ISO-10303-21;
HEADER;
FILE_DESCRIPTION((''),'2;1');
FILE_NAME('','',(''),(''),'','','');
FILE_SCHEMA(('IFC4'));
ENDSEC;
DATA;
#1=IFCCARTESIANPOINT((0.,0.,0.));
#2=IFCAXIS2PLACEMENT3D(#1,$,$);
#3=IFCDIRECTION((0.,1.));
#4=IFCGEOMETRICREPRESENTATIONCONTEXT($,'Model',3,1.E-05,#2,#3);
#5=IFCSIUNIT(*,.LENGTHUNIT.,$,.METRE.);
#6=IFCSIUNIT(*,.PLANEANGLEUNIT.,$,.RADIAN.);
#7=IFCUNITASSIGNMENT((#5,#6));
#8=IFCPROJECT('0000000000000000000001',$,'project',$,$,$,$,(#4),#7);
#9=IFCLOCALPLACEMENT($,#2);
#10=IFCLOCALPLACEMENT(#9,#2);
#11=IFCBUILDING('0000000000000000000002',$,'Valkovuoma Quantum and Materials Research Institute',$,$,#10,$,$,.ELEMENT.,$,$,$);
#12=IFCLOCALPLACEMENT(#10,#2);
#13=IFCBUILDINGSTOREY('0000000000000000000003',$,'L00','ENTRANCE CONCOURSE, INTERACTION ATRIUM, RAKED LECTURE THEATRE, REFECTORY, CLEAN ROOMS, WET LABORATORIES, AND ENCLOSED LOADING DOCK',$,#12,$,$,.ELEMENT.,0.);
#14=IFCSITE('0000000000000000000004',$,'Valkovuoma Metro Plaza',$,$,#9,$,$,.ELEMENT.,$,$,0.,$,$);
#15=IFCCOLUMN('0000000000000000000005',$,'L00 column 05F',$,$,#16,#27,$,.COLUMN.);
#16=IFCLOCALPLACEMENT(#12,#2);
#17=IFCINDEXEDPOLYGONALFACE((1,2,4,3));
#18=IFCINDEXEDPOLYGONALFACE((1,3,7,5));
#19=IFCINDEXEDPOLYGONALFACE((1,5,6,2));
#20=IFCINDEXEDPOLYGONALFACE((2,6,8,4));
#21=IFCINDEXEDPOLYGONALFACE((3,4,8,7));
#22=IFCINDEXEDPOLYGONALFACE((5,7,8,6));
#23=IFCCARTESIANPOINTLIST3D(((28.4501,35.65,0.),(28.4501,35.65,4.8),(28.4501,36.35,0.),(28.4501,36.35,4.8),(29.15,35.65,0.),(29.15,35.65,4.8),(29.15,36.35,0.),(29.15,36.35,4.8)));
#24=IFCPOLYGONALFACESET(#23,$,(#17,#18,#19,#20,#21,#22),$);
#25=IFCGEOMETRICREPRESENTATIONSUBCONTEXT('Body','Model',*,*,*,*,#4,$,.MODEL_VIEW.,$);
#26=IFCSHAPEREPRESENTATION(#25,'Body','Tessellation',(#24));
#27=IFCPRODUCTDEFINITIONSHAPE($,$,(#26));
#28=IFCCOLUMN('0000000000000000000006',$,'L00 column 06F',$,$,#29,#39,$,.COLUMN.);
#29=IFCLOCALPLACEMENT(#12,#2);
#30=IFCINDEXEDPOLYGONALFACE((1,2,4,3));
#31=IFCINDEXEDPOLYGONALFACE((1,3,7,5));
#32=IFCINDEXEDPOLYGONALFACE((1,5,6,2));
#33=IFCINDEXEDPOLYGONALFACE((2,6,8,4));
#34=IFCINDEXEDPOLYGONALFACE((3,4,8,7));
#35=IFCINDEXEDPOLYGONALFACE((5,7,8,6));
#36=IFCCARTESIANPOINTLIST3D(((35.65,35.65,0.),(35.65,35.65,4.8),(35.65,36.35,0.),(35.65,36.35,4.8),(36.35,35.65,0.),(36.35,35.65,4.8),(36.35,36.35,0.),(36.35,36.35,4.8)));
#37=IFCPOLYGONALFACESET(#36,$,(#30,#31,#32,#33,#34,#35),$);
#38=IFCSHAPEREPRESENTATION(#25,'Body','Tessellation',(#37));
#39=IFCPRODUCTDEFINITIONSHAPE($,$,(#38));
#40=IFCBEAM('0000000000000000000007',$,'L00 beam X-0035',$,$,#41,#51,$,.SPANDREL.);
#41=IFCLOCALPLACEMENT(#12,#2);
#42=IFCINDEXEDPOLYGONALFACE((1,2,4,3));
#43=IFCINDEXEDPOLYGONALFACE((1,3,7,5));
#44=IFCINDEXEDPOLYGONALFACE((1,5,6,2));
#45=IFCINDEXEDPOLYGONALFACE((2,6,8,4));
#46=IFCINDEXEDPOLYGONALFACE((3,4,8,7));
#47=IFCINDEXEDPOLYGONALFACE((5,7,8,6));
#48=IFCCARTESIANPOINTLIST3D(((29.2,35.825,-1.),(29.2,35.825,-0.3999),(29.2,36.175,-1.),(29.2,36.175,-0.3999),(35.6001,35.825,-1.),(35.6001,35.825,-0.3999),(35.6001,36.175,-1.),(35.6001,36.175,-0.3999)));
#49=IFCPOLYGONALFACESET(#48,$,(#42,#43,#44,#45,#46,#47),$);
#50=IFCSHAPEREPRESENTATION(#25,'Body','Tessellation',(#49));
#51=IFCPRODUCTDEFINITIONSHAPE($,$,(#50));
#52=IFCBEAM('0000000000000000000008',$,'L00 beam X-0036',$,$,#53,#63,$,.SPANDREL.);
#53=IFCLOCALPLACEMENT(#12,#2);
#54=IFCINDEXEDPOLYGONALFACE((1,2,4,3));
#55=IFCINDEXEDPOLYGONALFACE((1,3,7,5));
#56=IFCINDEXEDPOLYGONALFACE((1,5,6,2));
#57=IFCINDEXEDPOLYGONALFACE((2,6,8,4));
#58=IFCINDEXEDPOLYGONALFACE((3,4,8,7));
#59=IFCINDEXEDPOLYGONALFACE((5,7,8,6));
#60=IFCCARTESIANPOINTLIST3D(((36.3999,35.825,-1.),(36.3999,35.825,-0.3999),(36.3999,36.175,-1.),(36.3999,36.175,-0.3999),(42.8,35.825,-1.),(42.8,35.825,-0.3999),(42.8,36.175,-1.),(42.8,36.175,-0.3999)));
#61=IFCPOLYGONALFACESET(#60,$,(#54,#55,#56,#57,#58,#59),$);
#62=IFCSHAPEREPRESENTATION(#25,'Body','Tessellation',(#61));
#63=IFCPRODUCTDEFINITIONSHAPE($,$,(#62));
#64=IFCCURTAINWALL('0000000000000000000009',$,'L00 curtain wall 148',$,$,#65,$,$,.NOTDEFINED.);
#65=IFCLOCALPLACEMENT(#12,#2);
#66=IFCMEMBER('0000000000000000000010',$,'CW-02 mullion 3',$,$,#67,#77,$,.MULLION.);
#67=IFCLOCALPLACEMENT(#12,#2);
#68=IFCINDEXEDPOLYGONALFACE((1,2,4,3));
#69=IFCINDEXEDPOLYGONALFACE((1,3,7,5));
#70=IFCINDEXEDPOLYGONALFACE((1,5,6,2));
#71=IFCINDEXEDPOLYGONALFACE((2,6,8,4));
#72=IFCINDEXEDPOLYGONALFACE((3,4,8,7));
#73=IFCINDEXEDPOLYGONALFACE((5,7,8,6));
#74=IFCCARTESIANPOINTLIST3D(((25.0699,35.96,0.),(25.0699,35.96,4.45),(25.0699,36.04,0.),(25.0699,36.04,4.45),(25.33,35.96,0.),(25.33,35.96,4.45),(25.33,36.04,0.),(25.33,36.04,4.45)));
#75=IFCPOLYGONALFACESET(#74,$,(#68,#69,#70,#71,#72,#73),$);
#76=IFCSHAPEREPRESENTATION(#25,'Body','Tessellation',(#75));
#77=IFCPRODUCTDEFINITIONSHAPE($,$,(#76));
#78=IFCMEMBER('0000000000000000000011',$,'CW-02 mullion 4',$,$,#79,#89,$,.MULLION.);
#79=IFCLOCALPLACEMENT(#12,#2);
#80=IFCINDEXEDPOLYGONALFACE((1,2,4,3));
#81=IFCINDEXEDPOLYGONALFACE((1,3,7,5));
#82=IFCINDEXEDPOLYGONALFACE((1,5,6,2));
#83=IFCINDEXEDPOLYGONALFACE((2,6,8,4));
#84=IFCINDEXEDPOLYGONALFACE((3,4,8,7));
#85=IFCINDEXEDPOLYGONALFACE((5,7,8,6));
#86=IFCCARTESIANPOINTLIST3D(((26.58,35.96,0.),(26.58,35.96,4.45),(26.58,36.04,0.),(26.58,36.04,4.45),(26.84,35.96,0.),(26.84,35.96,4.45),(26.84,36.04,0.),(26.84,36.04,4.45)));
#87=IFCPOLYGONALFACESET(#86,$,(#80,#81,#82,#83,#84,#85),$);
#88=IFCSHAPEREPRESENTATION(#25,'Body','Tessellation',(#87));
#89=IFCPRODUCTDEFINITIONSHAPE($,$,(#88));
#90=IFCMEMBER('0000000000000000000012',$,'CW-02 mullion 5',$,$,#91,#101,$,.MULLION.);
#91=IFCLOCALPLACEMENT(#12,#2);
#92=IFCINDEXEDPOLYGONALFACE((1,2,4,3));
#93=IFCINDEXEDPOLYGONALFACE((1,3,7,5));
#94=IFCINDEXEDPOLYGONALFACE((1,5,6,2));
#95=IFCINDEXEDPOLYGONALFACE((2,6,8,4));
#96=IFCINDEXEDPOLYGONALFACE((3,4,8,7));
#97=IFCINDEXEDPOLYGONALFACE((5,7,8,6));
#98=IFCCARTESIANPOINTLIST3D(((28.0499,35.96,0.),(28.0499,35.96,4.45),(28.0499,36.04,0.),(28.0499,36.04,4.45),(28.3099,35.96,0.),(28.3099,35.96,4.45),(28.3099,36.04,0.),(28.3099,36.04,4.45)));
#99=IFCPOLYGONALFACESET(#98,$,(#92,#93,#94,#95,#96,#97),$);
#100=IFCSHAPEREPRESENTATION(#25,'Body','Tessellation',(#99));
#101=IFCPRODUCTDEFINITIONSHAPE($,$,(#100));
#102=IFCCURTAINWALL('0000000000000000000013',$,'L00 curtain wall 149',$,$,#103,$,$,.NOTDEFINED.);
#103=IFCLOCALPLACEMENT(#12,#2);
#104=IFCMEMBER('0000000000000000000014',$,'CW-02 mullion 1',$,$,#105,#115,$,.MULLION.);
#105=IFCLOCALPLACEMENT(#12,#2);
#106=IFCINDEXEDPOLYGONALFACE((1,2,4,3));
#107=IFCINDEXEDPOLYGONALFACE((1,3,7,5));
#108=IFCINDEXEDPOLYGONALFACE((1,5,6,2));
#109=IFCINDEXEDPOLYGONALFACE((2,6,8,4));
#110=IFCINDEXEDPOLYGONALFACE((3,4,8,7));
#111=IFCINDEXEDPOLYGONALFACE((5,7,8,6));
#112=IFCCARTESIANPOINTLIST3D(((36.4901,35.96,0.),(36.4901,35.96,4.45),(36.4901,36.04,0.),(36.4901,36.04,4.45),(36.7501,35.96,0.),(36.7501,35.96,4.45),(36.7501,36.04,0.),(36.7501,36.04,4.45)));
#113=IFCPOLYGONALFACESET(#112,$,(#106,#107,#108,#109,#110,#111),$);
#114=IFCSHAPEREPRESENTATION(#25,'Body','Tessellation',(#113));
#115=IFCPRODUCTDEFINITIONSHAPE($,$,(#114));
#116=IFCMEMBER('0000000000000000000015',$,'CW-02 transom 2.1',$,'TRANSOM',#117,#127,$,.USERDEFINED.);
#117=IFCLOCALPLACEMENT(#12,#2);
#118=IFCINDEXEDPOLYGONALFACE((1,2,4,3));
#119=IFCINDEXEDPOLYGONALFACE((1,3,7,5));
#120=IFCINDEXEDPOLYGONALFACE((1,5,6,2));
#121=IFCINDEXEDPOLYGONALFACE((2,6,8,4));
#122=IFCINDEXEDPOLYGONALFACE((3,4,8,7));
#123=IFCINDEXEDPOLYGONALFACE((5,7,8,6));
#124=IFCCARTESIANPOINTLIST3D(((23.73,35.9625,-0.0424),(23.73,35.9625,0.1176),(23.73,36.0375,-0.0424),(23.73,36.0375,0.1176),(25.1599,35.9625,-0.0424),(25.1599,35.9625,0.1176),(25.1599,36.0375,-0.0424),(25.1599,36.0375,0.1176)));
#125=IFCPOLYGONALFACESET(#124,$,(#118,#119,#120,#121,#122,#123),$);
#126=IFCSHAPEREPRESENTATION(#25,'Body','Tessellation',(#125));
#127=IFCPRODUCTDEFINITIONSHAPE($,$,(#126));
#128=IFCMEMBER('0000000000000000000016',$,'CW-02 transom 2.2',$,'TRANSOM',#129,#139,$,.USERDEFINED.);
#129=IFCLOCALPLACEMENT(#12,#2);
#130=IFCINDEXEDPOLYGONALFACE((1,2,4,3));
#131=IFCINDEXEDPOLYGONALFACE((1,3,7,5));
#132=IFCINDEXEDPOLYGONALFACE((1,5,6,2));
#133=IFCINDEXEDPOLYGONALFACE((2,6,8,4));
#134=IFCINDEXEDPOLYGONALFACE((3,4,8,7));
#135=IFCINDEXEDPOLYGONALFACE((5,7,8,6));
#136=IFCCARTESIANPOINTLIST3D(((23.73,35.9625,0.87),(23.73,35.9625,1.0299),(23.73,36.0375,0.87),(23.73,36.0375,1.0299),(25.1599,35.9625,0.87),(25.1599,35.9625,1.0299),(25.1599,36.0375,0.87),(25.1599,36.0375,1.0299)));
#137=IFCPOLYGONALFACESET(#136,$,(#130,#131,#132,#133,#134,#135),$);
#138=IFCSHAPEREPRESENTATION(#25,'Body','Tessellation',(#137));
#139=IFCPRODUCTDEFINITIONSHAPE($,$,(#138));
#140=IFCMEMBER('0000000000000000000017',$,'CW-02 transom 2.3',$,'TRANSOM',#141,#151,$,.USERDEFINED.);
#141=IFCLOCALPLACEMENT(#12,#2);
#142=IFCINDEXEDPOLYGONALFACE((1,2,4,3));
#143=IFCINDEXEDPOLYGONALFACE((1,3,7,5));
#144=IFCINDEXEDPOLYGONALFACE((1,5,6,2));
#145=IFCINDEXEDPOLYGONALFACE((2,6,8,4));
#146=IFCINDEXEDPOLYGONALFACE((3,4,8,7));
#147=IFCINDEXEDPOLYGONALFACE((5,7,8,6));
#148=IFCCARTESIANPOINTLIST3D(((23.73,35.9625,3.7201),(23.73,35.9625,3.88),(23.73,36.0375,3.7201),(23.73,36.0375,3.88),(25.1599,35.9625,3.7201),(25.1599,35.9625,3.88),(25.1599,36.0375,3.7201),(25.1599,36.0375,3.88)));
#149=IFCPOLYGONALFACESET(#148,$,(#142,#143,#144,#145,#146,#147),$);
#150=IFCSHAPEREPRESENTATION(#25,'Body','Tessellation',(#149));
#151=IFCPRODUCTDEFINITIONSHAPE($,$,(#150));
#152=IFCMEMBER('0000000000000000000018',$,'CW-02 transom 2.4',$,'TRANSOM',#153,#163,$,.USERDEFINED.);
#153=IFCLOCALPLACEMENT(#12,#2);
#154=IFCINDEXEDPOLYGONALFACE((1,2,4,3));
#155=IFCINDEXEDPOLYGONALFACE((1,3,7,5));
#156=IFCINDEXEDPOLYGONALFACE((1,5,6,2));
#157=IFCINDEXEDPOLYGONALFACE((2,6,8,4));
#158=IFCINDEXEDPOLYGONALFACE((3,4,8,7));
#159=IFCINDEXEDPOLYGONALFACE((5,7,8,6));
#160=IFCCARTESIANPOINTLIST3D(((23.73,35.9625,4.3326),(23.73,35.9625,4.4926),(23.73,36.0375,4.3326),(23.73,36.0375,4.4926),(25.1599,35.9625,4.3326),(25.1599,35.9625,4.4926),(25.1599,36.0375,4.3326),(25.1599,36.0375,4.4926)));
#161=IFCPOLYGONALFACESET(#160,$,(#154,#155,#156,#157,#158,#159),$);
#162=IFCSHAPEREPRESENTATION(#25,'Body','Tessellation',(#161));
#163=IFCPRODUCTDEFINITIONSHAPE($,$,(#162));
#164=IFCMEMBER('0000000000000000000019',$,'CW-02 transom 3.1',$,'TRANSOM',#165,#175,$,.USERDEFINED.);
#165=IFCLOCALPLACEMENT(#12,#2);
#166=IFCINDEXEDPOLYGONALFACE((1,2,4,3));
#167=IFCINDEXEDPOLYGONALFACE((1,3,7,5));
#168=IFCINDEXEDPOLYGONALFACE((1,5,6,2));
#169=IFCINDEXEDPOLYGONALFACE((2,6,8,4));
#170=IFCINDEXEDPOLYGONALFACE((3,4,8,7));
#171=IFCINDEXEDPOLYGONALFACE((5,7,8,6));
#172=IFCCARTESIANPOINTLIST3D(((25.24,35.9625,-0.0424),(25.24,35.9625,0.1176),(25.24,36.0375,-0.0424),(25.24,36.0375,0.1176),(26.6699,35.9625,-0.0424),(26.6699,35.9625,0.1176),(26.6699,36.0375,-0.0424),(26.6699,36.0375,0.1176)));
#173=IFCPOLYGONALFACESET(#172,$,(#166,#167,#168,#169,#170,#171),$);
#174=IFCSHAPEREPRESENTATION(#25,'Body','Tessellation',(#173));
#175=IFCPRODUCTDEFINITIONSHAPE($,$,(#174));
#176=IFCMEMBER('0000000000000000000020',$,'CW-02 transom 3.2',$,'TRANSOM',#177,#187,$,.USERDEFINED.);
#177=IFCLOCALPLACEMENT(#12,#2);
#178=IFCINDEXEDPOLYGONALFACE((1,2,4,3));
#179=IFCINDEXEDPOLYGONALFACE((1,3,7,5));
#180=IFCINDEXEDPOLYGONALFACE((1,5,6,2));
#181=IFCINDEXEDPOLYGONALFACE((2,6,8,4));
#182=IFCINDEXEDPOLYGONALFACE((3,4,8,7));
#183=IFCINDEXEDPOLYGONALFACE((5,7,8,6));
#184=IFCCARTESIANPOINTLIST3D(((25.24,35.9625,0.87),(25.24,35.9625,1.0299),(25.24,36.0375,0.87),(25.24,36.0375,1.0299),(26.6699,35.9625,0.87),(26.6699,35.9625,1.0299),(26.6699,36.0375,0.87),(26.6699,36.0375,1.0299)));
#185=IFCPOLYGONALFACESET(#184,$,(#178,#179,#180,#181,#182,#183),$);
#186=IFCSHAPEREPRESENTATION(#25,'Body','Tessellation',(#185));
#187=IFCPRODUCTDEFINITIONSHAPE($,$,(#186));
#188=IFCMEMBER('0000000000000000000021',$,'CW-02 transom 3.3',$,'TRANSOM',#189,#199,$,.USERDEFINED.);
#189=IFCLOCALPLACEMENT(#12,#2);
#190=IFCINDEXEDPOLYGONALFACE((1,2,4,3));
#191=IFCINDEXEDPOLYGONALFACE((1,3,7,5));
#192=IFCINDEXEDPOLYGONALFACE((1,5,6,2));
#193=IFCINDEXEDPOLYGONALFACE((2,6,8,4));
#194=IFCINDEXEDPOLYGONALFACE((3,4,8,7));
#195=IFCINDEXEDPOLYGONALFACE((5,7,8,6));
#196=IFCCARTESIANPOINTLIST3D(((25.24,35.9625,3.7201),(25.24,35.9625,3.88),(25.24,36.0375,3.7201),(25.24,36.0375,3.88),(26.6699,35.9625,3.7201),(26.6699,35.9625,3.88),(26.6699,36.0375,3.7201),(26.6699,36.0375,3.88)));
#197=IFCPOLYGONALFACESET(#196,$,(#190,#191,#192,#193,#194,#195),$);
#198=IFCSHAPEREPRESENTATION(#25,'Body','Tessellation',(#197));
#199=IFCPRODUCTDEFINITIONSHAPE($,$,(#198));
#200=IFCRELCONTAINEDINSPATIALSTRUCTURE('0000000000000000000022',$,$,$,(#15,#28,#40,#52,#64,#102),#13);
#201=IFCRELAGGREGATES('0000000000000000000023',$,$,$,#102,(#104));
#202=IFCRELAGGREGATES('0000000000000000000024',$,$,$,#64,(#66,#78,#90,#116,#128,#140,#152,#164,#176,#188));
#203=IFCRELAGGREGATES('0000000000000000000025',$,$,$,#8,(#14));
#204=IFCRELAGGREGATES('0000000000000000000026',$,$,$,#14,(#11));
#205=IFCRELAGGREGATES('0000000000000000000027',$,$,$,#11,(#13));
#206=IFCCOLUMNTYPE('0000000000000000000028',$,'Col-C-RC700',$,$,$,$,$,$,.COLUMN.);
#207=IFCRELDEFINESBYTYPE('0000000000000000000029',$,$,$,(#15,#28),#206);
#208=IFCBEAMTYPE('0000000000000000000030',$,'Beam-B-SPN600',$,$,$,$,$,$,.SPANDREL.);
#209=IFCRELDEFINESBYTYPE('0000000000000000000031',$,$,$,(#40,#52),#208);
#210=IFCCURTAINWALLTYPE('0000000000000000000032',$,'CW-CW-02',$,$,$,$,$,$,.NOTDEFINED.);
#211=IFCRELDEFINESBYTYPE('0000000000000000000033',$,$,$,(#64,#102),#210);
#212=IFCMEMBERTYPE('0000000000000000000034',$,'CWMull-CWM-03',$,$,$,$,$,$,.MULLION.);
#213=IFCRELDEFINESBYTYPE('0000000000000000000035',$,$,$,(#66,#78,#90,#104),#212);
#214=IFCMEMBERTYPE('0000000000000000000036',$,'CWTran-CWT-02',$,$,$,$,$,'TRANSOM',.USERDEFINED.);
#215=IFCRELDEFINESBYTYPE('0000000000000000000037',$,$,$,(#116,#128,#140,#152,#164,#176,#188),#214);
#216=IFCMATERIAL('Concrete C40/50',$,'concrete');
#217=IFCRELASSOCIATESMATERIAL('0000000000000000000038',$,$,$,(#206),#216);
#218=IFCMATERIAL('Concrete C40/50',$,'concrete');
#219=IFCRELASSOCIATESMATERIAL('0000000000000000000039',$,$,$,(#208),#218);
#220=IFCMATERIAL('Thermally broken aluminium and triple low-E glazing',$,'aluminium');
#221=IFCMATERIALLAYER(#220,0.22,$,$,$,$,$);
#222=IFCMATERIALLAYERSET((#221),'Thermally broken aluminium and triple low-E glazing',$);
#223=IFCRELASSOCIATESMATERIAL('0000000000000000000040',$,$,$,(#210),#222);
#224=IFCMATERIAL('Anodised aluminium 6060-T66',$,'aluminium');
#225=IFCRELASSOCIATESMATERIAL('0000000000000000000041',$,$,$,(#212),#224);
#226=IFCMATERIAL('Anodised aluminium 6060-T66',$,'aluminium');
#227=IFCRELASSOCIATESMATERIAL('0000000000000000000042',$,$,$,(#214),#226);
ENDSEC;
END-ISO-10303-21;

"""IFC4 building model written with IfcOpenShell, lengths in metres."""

from ifc_helpers import new_model, si_unit, direction, frame, origin, origin_2d, place, context, subcontext, project, spatial, rectangle, extrude, material, layer, layer_set, material_profile, profile_set, type_object, element, aggregate, save


model = new_model("IFC4")

# Units and contexts
model_context = context("Model", 3, precision=1e-05, world=origin(), true_north=direction((0.0, 1.0)))
body_context = subcontext(model_context, "Body", "Model", "MODEL_VIEW")
ifc_project = project(units=[si_unit("LENGTHUNIT", "METRE"), si_unit("PLANEANGLEUNIT", "RADIAN")], contexts=[model_context])

# Site, building, storey
site_placement = place(None, origin())
site = spatial("IfcSite", under=ifc_project, at=site_placement, Name="Valkovuoma Metro Plaza", CompositionType="ELEMENT", RefElevation=0.0)
building_placement = place(site_placement, origin())
building = spatial("IfcBuilding", under=site, at=building_placement, Name="Valkovuoma Quantum and Materials Research Institute", CompositionType="ELEMENT")
storey_placement = place(building_placement, origin())
storey = spatial("IfcBuildingStorey", under=building, at=storey_placement, Name="L00", Description="ENTRANCE CONCOURSE, INTERACTION ATRIUM, RAKED LECTURE THEATRE, REFECTORY, CLEAN ROOMS, WET LABORATORIES, AND ENCLOSED LOADING DOCK", CompositionType="ELEMENT", Elevation=0.0)

# Columns
ifc_material_1 = material(Name="Concrete C40/50", Category="concrete")
ifc_material_profile_1 = material_profile(ifc_material_1, rectangle(XDim=0.7, YDim=0.7, at=origin_2d()), Name="Concrete C40/50")
ifc_profile_set_1 = profile_set([ifc_material_profile_1], Name="Concrete C40/50")
column_type = type_object("IfcColumnType", Name="Col-C-RC700", PredefinedType="COLUMN", material=ifc_profile_set_1)
for number, where, z_axis, x_axis, name in (
    (1, (28.8, 36.0, 0.0), (0.0, 0.0, 1.0), (1.0, 0.0, 0.0), "L00 column 05F"),
    (2, (36.0, 36.0, 0.0), (0.0, 0.0, 1.0), (1.0, 0.0, 0.0), "L00 column 06F"),
):
    element("IfcColumn", number, at=place(storey_placement, frame(where, z_axis=z_axis, x_axis=x_axis)), inside=storey, type_object=column_type, Name=name, PredefinedType="COLUMN", context=body_context, shape_type="SweptSolid", body=[
        extrude(rectangle(XDim=0.7, YDim=0.7, at=origin_2d()), origin(), (0.0, 0.0, 1.0), 4.8),
    ])

# Beams
ifc_material_2 = material(Name="Concrete C40/50", Category="concrete")
ifc_material_profile_2 = material_profile(ifc_material_2, rectangle(XDim=0.3501, YDim=0.6001, at=origin_2d()), Name="Concrete C40/50")
ifc_profile_set_2 = profile_set([ifc_material_profile_2], Name="Concrete C40/50")
beam_type = type_object("IfcBeamType", Name="Beam-B-SPN600", PredefinedType="SPANDREL", material=ifc_profile_set_2)
for number, where, z_axis, x_axis, name in (
    (3, (29.2, 36.0, -0.7), (1.0, 0.0, 0.0), (0.0, 1.0, 0.0), "L00 beam X-0035"),
    (4, (36.3999, 36.0, -0.7), (1.0, 0.0, 0.0), (0.0, 1.0, 0.0), "L00 beam X-0036"),
):
    element("IfcBeam", number, at=place(storey_placement, frame(where, z_axis=z_axis, x_axis=x_axis)), inside=storey, type_object=beam_type, Name=name, PredefinedType="SPANDREL", context=body_context, shape_type="SweptSolid", body=[
        extrude(rectangle(XDim=0.3501, YDim=0.6001, at=origin_2d()), origin(), (0.0, 0.0, 1.0), 6.4001),
    ])

# Curtain wall, members
ifc_material_3 = material(Name="Thermally broken aluminium and triple low-E glazing", Category="aluminium")
ifc_layer_1 = layer(ifc_material_3, 0.22)
ifc_layer_set_1 = layer_set([ifc_layer_1], Name="Thermally broken aluminium and triple low-E glazing")
curtain_wall_type = type_object("IfcCurtainWallType", Name="CW-CW-02", PredefinedType="NOTDEFINED", material=ifc_layer_set_1)
curtain_wall_1_placement = place(storey_placement, origin())
curtain_wall_1 = element("IfcCurtainWall", 5, at=curtain_wall_1_placement, inside=storey, type_object=curtain_wall_type, Name="L00 curtain wall 148", PredefinedType="NOTDEFINED")
ifc_material_4 = material(Name="Anodised aluminium 6060-T66", Category="aluminium")
ifc_material_profile_3 = material_profile(ifc_material_4, rectangle(XDim=0.0801, YDim=0.26, at=origin_2d()), Name="Anodised aluminium 6060-T66")
ifc_profile_set_3 = profile_set([ifc_material_profile_3], Name="Anodised aluminium 6060-T66")
member_type_1 = type_object("IfcMemberType", Name="CWMull-CWM-03", PredefinedType="MULLION", material=ifc_profile_set_3)
member_1_placement = place(storey_placement, frame((25.2, 36.0, 0.0), z_axis=(0.0, 0.0, 1.0), x_axis=(0.0, 1.0, 0.0)))
member_1 = element("IfcMember", 6, at=member_1_placement, type_object=member_type_1, Name="CW-02 mullion 3", PredefinedType="MULLION", context=body_context, shape_type="SweptSolid", body=[
    extrude(rectangle(XDim=0.0801, YDim=0.26, at=origin_2d()), origin(), (0.0, 0.0, 1.0), 4.45),
])
member_2_placement = place(storey_placement, frame((26.71, 36.0, 0.0), z_axis=(0.0, 0.0, 1.0), x_axis=(0.0, 1.0, 0.0)))
member_2 = element("IfcMember", 7, at=member_2_placement, type_object=member_type_1, Name="CW-02 mullion 4", PredefinedType="MULLION", context=body_context, shape_type="SweptSolid", body=[
    extrude(rectangle(XDim=0.0801, YDim=0.26, at=origin_2d()), origin(), (0.0, 0.0, 1.0), 4.45),
])
member_3_placement = place(storey_placement, frame((28.1799, 36.0, 0.0), z_axis=(0.0, 0.0, 1.0), x_axis=(0.0, 1.0, 0.0)))
member_3 = element("IfcMember", 8, at=member_3_placement, type_object=member_type_1, Name="CW-02 mullion 5", PredefinedType="MULLION", context=body_context, shape_type="SweptSolid", body=[
    extrude(rectangle(XDim=0.0801, YDim=0.26, at=origin_2d()), origin(), (0.0, 0.0, 1.0), 4.45),
])

# Curtain wall, member
curtain_wall_2_placement = place(storey_placement, origin())
curtain_wall_2 = element("IfcCurtainWall", 9, at=curtain_wall_2_placement, inside=storey, type_object=curtain_wall_type, Name="L00 curtain wall 149", PredefinedType="NOTDEFINED")
member_4_placement = place(storey_placement, frame((36.6201, 36.0, 0.0), z_axis=(0.0, 0.0, 1.0), x_axis=(0.0, 1.0, 0.0)))
member_4 = element("IfcMember", 10, at=member_4_placement, type_object=member_type_1, Name="CW-02 mullion 1", PredefinedType="MULLION", context=body_context, shape_type="SweptSolid", body=[
    extrude(rectangle(XDim=0.0801, YDim=0.26, at=origin_2d()), origin(), (0.0, 0.0, 1.0), 4.45),
])
aggregate(curtain_wall_2, [member_4])

# Members
ifc_material_5 = material(Name="Anodised aluminium 6060-T66", Category="aluminium")
ifc_material_profile_4 = material_profile(ifc_material_5, rectangle(XDim=0.075, YDim=0.1599, at=origin_2d()), Name="Anodised aluminium 6060-T66")
ifc_profile_set_4 = profile_set([ifc_material_profile_4], Name="Anodised aluminium 6060-T66")
member_type_2 = type_object("IfcMemberType", Name="CWTran-CWT-02", ElementType="TRANSOM", PredefinedType="USERDEFINED", material=ifc_profile_set_4)
member_5_placement = place(storey_placement, frame((23.73, 36.0, 0.0376), z_axis=(1.0, 0.0, 0.0), x_axis=(0.0, 1.0, 0.0)))
member_5 = element("IfcMember", 11, at=member_5_placement, type_object=member_type_2, Name="CW-02 transom 2.1", ObjectType="TRANSOM", PredefinedType="USERDEFINED", context=body_context, shape_type="SweptSolid", body=[
    extrude(rectangle(XDim=0.075, YDim=0.1599, at=origin_2d()), origin(), (0.0, 0.0, 1.0), 1.4299),
])
member_6_placement = place(storey_placement, frame((23.73, 36.0, 0.95), z_axis=(1.0, 0.0, 0.0), x_axis=(0.0, 1.0, 0.0)))
member_6 = element("IfcMember", 12, at=member_6_placement, type_object=member_type_2, Name="CW-02 transom 2.2", ObjectType="TRANSOM", PredefinedType="USERDEFINED", context=body_context, shape_type="SweptSolid", body=[
    extrude(rectangle(XDim=0.075, YDim=0.1599, at=origin_2d()), origin(), (0.0, 0.0, 1.0), 1.4299),
])
member_7_placement = place(storey_placement, frame((23.73, 36.0, 3.8), z_axis=(1.0, 0.0, 0.0), x_axis=(0.0, 1.0, 0.0)))
member_7 = element("IfcMember", 13, at=member_7_placement, type_object=member_type_2, Name="CW-02 transom 2.3", ObjectType="TRANSOM", PredefinedType="USERDEFINED", context=body_context, shape_type="SweptSolid", body=[
    extrude(rectangle(XDim=0.075, YDim=0.1599, at=origin_2d()), origin(), (0.0, 0.0, 1.0), 1.4299),
])
member_8_placement = place(storey_placement, frame((23.73, 36.0, 4.4126), z_axis=(1.0, 0.0, 0.0), x_axis=(0.0, 1.0, 0.0)))
member_8 = element("IfcMember", 14, at=member_8_placement, type_object=member_type_2, Name="CW-02 transom 2.4", ObjectType="TRANSOM", PredefinedType="USERDEFINED", context=body_context, shape_type="SweptSolid", body=[
    extrude(rectangle(XDim=0.075, YDim=0.1599, at=origin_2d()), origin(), (0.0, 0.0, 1.0), 1.4299),
])
member_9_placement = place(storey_placement, frame((25.24, 36.0, 0.0376), z_axis=(1.0, 0.0, 0.0), x_axis=(0.0, 1.0, 0.0)))
member_9 = element("IfcMember", 15, at=member_9_placement, type_object=member_type_2, Name="CW-02 transom 3.1", ObjectType="TRANSOM", PredefinedType="USERDEFINED", context=body_context, shape_type="SweptSolid", body=[
    extrude(rectangle(XDim=0.075, YDim=0.1599, at=origin_2d()), origin(), (0.0, 0.0, 1.0), 1.4299),
])
member_10_placement = place(storey_placement, frame((25.24, 36.0, 0.95), z_axis=(1.0, 0.0, 0.0), x_axis=(0.0, 1.0, 0.0)))
member_10 = element("IfcMember", 16, at=member_10_placement, type_object=member_type_2, Name="CW-02 transom 3.2", ObjectType="TRANSOM", PredefinedType="USERDEFINED", context=body_context, shape_type="SweptSolid", body=[
    extrude(rectangle(XDim=0.075, YDim=0.1599, at=origin_2d()), origin(), (0.0, 0.0, 1.0), 1.4299),
])
member_11_placement = place(storey_placement, frame((25.24, 36.0, 3.8), z_axis=(1.0, 0.0, 0.0), x_axis=(0.0, 1.0, 0.0)))
member_11 = element("IfcMember", 17, at=member_11_placement, type_object=member_type_2, Name="CW-02 transom 3.3", ObjectType="TRANSOM", PredefinedType="USERDEFINED", context=body_context, shape_type="SweptSolid", body=[
    extrude(rectangle(XDim=0.075, YDim=0.1599, at=origin_2d()), origin(), (0.0, 0.0, 1.0), 1.4299),
])

aggregate(curtain_wall_1, [member_1, member_2, member_3, member_5, member_6, member_7, member_8, member_9, member_10, member_11])

save(model, "model.ifc")
